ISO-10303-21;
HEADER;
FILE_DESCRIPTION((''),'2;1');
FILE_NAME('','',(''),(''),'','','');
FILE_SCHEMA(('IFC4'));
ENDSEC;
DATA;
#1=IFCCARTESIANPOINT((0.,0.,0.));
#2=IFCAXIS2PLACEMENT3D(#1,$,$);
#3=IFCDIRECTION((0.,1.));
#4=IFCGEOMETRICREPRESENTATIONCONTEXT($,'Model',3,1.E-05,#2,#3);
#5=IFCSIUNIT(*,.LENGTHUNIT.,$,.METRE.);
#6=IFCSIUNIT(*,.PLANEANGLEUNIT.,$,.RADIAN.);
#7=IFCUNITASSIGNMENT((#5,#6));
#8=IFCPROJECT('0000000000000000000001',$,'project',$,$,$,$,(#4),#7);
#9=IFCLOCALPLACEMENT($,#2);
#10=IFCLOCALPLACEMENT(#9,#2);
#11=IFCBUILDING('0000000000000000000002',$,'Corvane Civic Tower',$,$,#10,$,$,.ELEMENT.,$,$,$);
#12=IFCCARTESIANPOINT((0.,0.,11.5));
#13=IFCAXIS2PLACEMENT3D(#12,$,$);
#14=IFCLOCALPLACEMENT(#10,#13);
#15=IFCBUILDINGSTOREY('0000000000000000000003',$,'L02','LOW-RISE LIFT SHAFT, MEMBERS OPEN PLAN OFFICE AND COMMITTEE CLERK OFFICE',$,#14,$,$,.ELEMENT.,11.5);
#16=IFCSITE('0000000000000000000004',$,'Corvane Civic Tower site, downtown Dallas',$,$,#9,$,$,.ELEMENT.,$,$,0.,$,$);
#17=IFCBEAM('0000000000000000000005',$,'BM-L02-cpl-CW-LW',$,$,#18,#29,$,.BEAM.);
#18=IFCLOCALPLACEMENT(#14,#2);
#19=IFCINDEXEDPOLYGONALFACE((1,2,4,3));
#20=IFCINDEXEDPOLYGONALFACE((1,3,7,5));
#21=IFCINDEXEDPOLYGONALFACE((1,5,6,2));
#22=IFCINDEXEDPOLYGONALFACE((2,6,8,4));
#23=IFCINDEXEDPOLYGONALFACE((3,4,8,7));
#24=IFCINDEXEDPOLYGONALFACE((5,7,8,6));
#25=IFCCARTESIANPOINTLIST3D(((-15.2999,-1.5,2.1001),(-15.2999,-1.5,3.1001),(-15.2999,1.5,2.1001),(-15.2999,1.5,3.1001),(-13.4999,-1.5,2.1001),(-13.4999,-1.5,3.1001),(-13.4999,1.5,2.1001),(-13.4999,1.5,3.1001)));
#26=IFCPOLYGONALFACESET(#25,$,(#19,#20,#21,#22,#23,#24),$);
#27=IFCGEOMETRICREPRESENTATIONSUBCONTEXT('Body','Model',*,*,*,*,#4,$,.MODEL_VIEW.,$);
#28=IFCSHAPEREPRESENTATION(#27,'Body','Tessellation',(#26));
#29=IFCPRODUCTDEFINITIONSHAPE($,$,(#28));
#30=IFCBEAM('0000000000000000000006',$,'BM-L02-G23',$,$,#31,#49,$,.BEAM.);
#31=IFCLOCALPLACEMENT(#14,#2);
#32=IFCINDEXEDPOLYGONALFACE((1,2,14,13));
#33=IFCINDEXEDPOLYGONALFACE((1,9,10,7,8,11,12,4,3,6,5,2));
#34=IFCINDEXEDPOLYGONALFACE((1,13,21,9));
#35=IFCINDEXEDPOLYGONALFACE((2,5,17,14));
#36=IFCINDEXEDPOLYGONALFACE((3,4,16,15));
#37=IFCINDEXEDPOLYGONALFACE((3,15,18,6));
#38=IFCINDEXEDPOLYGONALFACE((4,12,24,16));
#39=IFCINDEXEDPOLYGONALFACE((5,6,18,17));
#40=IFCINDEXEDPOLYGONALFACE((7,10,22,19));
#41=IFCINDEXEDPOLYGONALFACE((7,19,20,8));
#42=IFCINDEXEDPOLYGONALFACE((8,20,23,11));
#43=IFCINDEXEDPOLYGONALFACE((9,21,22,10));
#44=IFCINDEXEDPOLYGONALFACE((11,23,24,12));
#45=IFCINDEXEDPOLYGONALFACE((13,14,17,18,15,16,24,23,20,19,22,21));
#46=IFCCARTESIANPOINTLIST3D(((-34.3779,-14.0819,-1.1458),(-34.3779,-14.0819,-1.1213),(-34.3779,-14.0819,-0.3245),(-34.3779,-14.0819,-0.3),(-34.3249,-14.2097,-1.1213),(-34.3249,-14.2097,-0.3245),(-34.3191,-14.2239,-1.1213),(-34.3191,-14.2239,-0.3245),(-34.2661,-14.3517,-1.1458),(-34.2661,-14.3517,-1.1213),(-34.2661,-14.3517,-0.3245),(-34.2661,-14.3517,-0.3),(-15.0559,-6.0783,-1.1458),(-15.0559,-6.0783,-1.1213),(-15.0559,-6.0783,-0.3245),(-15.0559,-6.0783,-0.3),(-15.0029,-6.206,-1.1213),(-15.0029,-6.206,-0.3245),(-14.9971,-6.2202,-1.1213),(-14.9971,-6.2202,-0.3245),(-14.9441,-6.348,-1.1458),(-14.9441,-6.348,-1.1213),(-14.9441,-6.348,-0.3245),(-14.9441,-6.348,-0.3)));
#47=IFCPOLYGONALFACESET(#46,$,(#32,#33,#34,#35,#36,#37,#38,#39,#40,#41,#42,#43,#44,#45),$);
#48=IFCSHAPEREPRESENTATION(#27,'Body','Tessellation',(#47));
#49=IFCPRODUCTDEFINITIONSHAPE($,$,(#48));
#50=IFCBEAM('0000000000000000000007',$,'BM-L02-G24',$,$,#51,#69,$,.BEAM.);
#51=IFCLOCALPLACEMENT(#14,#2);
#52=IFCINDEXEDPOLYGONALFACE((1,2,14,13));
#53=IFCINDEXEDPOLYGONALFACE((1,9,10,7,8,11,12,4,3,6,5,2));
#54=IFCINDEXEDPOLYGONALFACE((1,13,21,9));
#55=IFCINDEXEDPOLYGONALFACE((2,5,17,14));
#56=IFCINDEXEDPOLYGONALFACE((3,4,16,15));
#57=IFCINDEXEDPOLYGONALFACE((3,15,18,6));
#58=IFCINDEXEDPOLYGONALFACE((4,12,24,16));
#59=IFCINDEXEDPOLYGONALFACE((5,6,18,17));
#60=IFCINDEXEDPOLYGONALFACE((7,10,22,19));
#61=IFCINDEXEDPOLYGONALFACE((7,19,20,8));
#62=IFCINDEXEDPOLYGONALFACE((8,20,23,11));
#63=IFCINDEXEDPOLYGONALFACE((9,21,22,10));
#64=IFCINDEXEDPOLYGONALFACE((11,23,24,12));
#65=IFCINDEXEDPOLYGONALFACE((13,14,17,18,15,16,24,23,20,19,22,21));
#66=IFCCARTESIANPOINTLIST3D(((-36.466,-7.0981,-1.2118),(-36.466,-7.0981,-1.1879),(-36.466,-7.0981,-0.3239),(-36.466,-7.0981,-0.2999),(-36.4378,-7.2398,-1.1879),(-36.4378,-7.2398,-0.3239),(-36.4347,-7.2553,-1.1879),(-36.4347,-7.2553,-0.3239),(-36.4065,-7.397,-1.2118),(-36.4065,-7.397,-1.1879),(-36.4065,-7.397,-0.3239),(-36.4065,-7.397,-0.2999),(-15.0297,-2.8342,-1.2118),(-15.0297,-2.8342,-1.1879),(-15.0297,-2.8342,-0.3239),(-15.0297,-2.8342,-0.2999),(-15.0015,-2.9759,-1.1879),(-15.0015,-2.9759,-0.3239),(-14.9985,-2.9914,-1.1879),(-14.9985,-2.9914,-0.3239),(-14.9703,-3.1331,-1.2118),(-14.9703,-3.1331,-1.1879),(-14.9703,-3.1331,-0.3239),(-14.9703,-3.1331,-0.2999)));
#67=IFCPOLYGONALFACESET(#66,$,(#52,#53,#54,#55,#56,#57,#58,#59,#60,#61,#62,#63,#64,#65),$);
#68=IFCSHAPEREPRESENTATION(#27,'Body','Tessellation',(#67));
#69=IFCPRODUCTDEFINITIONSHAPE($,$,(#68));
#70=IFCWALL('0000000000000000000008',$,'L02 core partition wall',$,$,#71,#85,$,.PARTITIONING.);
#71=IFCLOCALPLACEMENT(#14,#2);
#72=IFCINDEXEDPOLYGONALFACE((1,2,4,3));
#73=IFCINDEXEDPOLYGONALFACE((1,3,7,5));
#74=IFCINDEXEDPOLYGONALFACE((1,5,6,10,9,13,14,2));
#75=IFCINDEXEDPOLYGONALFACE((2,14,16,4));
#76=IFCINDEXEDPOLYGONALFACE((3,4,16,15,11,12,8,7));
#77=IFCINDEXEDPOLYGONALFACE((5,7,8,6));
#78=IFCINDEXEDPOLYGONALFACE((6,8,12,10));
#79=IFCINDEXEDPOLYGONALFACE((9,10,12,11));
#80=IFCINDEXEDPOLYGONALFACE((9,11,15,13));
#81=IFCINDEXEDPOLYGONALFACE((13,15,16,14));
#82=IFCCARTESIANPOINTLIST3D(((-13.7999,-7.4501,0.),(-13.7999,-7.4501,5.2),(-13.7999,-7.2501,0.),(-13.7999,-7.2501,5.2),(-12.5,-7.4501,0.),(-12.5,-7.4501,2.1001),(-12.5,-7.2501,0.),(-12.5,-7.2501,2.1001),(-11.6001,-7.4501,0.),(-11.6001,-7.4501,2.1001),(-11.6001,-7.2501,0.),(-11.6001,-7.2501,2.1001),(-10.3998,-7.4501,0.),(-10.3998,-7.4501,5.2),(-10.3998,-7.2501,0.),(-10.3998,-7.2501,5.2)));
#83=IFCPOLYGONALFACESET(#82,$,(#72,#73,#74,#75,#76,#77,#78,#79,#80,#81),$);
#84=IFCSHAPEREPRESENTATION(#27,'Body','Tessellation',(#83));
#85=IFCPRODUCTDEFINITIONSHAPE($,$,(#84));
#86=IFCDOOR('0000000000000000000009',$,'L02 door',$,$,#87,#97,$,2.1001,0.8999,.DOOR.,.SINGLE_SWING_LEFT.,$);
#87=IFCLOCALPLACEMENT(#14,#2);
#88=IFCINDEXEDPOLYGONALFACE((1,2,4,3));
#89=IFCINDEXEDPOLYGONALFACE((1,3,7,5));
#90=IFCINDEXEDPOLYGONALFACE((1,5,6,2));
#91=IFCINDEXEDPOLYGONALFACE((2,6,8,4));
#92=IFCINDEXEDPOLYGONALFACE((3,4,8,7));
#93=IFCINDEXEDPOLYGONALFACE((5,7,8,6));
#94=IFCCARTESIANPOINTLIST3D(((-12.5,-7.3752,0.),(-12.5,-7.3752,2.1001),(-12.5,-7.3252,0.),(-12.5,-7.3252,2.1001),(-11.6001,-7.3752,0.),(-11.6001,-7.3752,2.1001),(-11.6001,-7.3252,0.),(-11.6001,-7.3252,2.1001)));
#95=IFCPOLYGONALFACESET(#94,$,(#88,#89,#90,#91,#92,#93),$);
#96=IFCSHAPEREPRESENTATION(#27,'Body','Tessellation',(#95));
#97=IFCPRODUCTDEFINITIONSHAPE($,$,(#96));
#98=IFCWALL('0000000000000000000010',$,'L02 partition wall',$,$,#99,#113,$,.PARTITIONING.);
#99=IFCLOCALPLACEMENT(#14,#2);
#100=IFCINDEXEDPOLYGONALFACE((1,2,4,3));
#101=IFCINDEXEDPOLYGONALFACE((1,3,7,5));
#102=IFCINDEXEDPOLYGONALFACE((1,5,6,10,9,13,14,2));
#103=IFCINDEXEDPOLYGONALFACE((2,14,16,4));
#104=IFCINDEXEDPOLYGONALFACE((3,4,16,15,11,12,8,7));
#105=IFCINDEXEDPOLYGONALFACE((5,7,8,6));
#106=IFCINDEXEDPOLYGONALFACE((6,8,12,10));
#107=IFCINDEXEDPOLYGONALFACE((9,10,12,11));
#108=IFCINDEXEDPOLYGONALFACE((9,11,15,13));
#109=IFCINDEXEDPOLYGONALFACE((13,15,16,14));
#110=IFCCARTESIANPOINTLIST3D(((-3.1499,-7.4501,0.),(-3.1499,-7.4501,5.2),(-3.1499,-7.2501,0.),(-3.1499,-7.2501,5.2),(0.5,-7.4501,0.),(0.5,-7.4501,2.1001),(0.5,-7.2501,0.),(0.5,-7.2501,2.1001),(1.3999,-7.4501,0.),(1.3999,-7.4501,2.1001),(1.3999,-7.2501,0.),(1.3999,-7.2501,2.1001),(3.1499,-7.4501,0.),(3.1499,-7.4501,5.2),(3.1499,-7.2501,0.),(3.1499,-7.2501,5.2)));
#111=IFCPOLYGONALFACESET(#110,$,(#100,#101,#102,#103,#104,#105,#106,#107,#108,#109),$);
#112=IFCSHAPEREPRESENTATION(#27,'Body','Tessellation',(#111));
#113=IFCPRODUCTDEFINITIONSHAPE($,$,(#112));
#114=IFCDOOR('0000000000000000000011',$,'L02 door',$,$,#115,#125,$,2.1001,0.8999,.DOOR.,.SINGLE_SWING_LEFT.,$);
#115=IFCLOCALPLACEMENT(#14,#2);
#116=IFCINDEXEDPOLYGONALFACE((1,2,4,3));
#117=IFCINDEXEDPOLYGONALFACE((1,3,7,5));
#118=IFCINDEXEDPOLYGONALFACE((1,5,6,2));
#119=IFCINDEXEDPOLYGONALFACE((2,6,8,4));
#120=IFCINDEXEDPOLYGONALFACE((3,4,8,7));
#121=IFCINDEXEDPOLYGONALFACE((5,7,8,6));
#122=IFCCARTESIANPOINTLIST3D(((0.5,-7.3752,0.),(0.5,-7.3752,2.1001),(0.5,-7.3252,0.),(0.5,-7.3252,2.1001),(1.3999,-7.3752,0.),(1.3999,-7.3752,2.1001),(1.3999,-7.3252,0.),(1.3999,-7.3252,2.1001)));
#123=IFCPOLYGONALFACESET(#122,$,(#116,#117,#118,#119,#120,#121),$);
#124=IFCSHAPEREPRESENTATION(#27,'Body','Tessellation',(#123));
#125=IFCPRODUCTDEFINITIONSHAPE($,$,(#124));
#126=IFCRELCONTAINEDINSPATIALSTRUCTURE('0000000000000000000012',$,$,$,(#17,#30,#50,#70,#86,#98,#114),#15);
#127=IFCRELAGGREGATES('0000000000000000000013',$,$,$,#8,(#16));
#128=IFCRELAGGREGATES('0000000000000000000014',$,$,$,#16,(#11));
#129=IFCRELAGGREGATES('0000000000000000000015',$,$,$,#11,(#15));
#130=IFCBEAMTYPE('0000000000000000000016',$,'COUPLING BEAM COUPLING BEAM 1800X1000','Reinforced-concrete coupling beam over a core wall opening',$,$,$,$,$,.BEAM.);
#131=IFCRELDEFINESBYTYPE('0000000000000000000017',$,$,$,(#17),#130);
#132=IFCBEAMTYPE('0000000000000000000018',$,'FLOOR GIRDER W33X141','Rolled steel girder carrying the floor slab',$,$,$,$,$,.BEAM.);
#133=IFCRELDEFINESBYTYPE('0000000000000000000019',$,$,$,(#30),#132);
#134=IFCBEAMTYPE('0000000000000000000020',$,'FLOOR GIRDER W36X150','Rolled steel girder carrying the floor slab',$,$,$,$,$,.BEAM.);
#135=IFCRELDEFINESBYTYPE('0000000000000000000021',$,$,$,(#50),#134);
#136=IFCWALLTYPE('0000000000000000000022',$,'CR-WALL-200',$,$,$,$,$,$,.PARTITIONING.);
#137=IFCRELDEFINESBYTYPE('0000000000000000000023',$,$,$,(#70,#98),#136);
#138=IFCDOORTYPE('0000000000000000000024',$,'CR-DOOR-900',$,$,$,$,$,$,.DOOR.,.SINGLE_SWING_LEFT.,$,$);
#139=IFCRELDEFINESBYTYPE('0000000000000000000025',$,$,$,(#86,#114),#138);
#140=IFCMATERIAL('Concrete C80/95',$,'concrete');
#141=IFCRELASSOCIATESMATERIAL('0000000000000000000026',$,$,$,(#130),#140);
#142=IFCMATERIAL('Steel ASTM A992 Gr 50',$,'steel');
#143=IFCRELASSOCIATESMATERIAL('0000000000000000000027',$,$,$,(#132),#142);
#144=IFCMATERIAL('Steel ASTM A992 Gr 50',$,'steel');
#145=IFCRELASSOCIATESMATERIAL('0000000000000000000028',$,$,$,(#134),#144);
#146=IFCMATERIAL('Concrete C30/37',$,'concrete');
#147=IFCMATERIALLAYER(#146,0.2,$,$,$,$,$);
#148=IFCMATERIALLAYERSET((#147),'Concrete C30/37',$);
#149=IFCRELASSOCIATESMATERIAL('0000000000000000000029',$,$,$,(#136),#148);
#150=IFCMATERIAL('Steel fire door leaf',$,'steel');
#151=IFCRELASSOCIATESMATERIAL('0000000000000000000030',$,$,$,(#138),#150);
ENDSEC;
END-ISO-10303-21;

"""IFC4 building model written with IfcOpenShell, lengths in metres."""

from ifc_helpers import new_model, si_unit, direction, frame, frame_2d, origin, origin_2d, place, context, subcontext, project, spatial, rectangle, i_section, extrude, material, layer, layer_set, material_profile, profile_set, type_object, element, fill, save


model = new_model("IFC4")

# Units and contexts
model_context = context("Model", 3, precision=1e-05, world=origin(), true_north=direction((0.0, 1.0)))
body_context = subcontext(model_context, "Body", "Model", "MODEL_VIEW")
ifc_project = project(units=[si_unit("LENGTHUNIT", "METRE"), si_unit("PLANEANGLEUNIT", "RADIAN")], contexts=[model_context])

# Site, building, storey
site_placement = place(None, origin())
site = spatial("IfcSite", under=ifc_project, at=site_placement, Name="Corvane Civic Tower site, downtown Dallas", CompositionType="ELEMENT", RefElevation=0.0)
building_placement = place(site_placement, origin())
building = spatial("IfcBuilding", under=site, at=building_placement, Name="Corvane Civic Tower", CompositionType="ELEMENT")
storey_placement = place(building_placement, frame((0.0, 0.0, 11.5)))
storey = spatial("IfcBuildingStorey", under=building, at=storey_placement, Name="L02", Description="LOW-RISE LIFT SHAFT, MEMBERS OPEN PLAN OFFICE AND COMMITTEE CLERK OFFICE", CompositionType="ELEMENT", Elevation=11.5)

# Beams
ifc_material_1 = material(Name="Concrete C80/95", Category="concrete")
ifc_material_profile_1 = material_profile(ifc_material_1, rectangle(XDim=1.8, YDim=1.0, at=origin_2d()), Name="COUPLING BEAM 1800X1000")
ifc_profile_set_1 = profile_set([ifc_material_profile_1], Name="Concrete C80/95")
beam_type_1 = type_object("IfcBeamType", Name="COUPLING BEAM COUPLING BEAM 1800X1000", Description="Reinforced-concrete coupling beam over a core wall opening", PredefinedType="BEAM", material=ifc_profile_set_1)
beam_1_placement = place(storey_placement, frame((-14.3999, -1.5, 2.6001), z_axis=(0.0, 1.0, 0.0), x_axis=(-1.0, 0.0, 0.0)))
element("IfcBeam", 1, at=beam_1_placement, inside=storey, type_object=beam_type_1, Name="BM-L02-cpl-CW-LW", PredefinedType="BEAM", context=body_context, shape_type="SweptSolid", body=[
    extrude(rectangle(XDim=1.8, YDim=1.0, at=origin_2d()), origin(), (0.0, 0.0, 1.0), 3.0),
])
ifc_material_2 = material(Name="Steel ASTM A992 Gr 50", Category="steel")
ifc_material_profile_2 = material_profile(ifc_material_2, i_section(OverallWidth=0.292, OverallDepth=0.8457, WebThickness=0.0154, FlangeThickness=0.0244, at=origin_2d()), Name="W33X141")
ifc_profile_set_2 = profile_set([ifc_material_profile_2], Name="Steel ASTM A992 Gr 50")
beam_type_2 = type_object("IfcBeamType", Name="FLOOR GIRDER W33X141", Description="Rolled steel girder carrying the floor slab", PredefinedType="BEAM", material=ifc_profile_set_2)
beam_2_placement = place(storey_placement, frame((-15.0, -6.2131, -0.7229), z_axis=(-0.923876, -0.382692, 0.0), x_axis=(0.382692, -0.923876, 0.0)))
element("IfcBeam", 2, at=beam_2_placement, inside=storey, type_object=beam_type_2, Name="BM-L02-G23", PredefinedType="BEAM", context=body_context, shape_type="SweptSolid", body=[
    extrude(i_section(OverallWidth=0.292, OverallDepth=0.8457, WebThickness=0.0154, FlangeThickness=0.0244, at=origin_2d()), origin(), (0.0, 0.0, 1.0), 20.9141),
])
ifc_material_3 = material(Name="Steel ASTM A992 Gr 50", Category="steel")
ifc_material_profile_3 = material_profile(ifc_material_3, i_section(OverallWidth=0.3047, OverallDepth=0.9119, WebThickness=0.0159, FlangeThickness=0.0239, at=origin_2d()), Name="W36X150")
ifc_profile_set_3 = profile_set([ifc_material_profile_3], Name="Steel ASTM A992 Gr 50")
beam_type_3 = type_object("IfcBeamType", Name="FLOOR GIRDER W36X150", Description="Rolled steel girder carrying the floor slab", PredefinedType="BEAM", material=ifc_profile_set_3)
beam_3_placement = place(storey_placement, frame((-15.0, -2.9836, -0.7559), z_axis=(-0.980785, -0.195089, 0.0), x_axis=(0.195089, -0.980785, 0.0)))
element("IfcBeam", 3, at=beam_3_placement, inside=storey, type_object=beam_type_3, Name="BM-L02-G24", PredefinedType="BEAM", context=body_context, shape_type="SweptSolid", body=[
    extrude(i_section(OverallWidth=0.3047, OverallDepth=0.9119, WebThickness=0.0159, FlangeThickness=0.0239, at=origin_2d()), origin(), (0.0, 0.0, 1.0), 21.8562),
])

# Walls, openings, doors
ifc_material_4 = material(Name="Concrete C30/37", Category="concrete")
ifc_layer_1 = layer(ifc_material_4, 0.2)
ifc_layer_set_1 = layer_set([ifc_layer_1], Name="Concrete C30/37")
wall_type_1 = type_object("IfcWallType", Name="CR-WALL-200", PredefinedType="PARTITIONING", material=ifc_layer_set_1)
wall_1_placement = place(storey_placement, frame((-13.8, -7.3501, 0.0), z_axis=(0.0, 0.0, 1.0), x_axis=(1.0, 0.0, 0.0)))
wall_1 = element("IfcWall", 4, at=wall_1_placement, inside=storey, type_object=wall_type_1, Name="L02 core partition wall", PredefinedType="PARTITIONING", context=body_context, shape_type="SweptSolid", body=[
    extrude(rectangle(XDim=3.4001, YDim=0.2, at=frame_2d((1.7002, 0.0))), origin(), (0.0, 0.0, 1.0), 5.2),
])
opening_1_placement = place(wall_1_placement, frame((1.3, 0.0, 0.0)))
opening_1 = element("IfcOpeningElement", 5, at=opening_1_placement, cuts=wall_1, PredefinedType="OPENING", context=body_context, shape_type="SweptSolid", body=[
    extrude(rectangle(XDim=0.8999, YDim=2.1001, at=frame_2d((0.45, 1.05))), frame((0.0, 0.1099, 0.0), z_axis=(0.0, -1.0, 0.0), x_axis=(1.0, 0.0, 0.0)), (0.0, 0.0, 1.0), 0.22),
])
ifc_material_5 = material(Name="Steel fire door leaf", Category="steel")
door_type_1 = type_object("IfcDoorType", Name="CR-DOOR-900", OperationType="SINGLE_SWING_LEFT", PredefinedType="DOOR", material=ifc_material_5)
door_1_placement = place(opening_1_placement, origin())
door_1 = element("IfcDoor", 6, at=door_1_placement, inside=storey, type_object=door_type_1, Name="L02 door", OperationType="SINGLE_SWING_LEFT", OverallHeight=2.1001, OverallWidth=0.8999, PredefinedType="DOOR", context=body_context, shape_type="SweptSolid", body=[
    extrude(rectangle(XDim=0.8999, YDim=2.1001, at=frame_2d((0.45, 1.05))), frame((0.0, 0.0249, 0.0), z_axis=(0.0, -1.0, 0.0), x_axis=(1.0, 0.0, 0.0)), (0.0, 0.0, 1.0), 0.05),
])
fill(opening_1, door_1)
wall_2_placement = place(storey_placement, frame((-3.1499, -7.3501, 0.0), z_axis=(0.0, 0.0, 1.0), x_axis=(1.0, 0.0, 0.0)))
wall_2 = element("IfcWall", 7, at=wall_2_placement, inside=storey, type_object=wall_type_1, Name="L02 partition wall", PredefinedType="PARTITIONING", context=body_context, shape_type="SweptSolid", body=[
    extrude(rectangle(XDim=6.2998, YDim=0.2, at=frame_2d((3.1499, 0.0))), origin(), (0.0, 0.0, 1.0), 5.2),
])
opening_2_placement = place(wall_2_placement, frame((3.6499, 0.0, 0.0)))
opening_2 = element("IfcOpeningElement", 8, at=opening_2_placement, cuts=wall_2, PredefinedType="OPENING", context=body_context, shape_type="SweptSolid", body=[
    extrude(rectangle(XDim=0.8999, YDim=2.1001, at=frame_2d((0.45, 1.05))), frame((0.0, 0.1099, 0.0), z_axis=(0.0, -1.0, 0.0), x_axis=(1.0, 0.0, 0.0)), (0.0, 0.0, 1.0), 0.22),
])
door_2_placement = place(opening_2_placement, origin())
door_2 = element("IfcDoor", 9, at=door_2_placement, inside=storey, type_object=door_type_1, Name="L02 door", OperationType="SINGLE_SWING_LEFT", OverallHeight=2.1001, OverallWidth=0.8999, PredefinedType="DOOR", context=body_context, shape_type="SweptSolid", body=[
    extrude(rectangle(XDim=0.8999, YDim=2.1001, at=frame_2d((0.45, 1.05))), frame((0.0, 0.0249, 0.0), z_axis=(0.0, -1.0, 0.0), x_axis=(1.0, 0.0, 0.0)), (0.0, 0.0, 1.0), 0.05),
])
fill(opening_2, door_2)

save(model, "model.ifc")
